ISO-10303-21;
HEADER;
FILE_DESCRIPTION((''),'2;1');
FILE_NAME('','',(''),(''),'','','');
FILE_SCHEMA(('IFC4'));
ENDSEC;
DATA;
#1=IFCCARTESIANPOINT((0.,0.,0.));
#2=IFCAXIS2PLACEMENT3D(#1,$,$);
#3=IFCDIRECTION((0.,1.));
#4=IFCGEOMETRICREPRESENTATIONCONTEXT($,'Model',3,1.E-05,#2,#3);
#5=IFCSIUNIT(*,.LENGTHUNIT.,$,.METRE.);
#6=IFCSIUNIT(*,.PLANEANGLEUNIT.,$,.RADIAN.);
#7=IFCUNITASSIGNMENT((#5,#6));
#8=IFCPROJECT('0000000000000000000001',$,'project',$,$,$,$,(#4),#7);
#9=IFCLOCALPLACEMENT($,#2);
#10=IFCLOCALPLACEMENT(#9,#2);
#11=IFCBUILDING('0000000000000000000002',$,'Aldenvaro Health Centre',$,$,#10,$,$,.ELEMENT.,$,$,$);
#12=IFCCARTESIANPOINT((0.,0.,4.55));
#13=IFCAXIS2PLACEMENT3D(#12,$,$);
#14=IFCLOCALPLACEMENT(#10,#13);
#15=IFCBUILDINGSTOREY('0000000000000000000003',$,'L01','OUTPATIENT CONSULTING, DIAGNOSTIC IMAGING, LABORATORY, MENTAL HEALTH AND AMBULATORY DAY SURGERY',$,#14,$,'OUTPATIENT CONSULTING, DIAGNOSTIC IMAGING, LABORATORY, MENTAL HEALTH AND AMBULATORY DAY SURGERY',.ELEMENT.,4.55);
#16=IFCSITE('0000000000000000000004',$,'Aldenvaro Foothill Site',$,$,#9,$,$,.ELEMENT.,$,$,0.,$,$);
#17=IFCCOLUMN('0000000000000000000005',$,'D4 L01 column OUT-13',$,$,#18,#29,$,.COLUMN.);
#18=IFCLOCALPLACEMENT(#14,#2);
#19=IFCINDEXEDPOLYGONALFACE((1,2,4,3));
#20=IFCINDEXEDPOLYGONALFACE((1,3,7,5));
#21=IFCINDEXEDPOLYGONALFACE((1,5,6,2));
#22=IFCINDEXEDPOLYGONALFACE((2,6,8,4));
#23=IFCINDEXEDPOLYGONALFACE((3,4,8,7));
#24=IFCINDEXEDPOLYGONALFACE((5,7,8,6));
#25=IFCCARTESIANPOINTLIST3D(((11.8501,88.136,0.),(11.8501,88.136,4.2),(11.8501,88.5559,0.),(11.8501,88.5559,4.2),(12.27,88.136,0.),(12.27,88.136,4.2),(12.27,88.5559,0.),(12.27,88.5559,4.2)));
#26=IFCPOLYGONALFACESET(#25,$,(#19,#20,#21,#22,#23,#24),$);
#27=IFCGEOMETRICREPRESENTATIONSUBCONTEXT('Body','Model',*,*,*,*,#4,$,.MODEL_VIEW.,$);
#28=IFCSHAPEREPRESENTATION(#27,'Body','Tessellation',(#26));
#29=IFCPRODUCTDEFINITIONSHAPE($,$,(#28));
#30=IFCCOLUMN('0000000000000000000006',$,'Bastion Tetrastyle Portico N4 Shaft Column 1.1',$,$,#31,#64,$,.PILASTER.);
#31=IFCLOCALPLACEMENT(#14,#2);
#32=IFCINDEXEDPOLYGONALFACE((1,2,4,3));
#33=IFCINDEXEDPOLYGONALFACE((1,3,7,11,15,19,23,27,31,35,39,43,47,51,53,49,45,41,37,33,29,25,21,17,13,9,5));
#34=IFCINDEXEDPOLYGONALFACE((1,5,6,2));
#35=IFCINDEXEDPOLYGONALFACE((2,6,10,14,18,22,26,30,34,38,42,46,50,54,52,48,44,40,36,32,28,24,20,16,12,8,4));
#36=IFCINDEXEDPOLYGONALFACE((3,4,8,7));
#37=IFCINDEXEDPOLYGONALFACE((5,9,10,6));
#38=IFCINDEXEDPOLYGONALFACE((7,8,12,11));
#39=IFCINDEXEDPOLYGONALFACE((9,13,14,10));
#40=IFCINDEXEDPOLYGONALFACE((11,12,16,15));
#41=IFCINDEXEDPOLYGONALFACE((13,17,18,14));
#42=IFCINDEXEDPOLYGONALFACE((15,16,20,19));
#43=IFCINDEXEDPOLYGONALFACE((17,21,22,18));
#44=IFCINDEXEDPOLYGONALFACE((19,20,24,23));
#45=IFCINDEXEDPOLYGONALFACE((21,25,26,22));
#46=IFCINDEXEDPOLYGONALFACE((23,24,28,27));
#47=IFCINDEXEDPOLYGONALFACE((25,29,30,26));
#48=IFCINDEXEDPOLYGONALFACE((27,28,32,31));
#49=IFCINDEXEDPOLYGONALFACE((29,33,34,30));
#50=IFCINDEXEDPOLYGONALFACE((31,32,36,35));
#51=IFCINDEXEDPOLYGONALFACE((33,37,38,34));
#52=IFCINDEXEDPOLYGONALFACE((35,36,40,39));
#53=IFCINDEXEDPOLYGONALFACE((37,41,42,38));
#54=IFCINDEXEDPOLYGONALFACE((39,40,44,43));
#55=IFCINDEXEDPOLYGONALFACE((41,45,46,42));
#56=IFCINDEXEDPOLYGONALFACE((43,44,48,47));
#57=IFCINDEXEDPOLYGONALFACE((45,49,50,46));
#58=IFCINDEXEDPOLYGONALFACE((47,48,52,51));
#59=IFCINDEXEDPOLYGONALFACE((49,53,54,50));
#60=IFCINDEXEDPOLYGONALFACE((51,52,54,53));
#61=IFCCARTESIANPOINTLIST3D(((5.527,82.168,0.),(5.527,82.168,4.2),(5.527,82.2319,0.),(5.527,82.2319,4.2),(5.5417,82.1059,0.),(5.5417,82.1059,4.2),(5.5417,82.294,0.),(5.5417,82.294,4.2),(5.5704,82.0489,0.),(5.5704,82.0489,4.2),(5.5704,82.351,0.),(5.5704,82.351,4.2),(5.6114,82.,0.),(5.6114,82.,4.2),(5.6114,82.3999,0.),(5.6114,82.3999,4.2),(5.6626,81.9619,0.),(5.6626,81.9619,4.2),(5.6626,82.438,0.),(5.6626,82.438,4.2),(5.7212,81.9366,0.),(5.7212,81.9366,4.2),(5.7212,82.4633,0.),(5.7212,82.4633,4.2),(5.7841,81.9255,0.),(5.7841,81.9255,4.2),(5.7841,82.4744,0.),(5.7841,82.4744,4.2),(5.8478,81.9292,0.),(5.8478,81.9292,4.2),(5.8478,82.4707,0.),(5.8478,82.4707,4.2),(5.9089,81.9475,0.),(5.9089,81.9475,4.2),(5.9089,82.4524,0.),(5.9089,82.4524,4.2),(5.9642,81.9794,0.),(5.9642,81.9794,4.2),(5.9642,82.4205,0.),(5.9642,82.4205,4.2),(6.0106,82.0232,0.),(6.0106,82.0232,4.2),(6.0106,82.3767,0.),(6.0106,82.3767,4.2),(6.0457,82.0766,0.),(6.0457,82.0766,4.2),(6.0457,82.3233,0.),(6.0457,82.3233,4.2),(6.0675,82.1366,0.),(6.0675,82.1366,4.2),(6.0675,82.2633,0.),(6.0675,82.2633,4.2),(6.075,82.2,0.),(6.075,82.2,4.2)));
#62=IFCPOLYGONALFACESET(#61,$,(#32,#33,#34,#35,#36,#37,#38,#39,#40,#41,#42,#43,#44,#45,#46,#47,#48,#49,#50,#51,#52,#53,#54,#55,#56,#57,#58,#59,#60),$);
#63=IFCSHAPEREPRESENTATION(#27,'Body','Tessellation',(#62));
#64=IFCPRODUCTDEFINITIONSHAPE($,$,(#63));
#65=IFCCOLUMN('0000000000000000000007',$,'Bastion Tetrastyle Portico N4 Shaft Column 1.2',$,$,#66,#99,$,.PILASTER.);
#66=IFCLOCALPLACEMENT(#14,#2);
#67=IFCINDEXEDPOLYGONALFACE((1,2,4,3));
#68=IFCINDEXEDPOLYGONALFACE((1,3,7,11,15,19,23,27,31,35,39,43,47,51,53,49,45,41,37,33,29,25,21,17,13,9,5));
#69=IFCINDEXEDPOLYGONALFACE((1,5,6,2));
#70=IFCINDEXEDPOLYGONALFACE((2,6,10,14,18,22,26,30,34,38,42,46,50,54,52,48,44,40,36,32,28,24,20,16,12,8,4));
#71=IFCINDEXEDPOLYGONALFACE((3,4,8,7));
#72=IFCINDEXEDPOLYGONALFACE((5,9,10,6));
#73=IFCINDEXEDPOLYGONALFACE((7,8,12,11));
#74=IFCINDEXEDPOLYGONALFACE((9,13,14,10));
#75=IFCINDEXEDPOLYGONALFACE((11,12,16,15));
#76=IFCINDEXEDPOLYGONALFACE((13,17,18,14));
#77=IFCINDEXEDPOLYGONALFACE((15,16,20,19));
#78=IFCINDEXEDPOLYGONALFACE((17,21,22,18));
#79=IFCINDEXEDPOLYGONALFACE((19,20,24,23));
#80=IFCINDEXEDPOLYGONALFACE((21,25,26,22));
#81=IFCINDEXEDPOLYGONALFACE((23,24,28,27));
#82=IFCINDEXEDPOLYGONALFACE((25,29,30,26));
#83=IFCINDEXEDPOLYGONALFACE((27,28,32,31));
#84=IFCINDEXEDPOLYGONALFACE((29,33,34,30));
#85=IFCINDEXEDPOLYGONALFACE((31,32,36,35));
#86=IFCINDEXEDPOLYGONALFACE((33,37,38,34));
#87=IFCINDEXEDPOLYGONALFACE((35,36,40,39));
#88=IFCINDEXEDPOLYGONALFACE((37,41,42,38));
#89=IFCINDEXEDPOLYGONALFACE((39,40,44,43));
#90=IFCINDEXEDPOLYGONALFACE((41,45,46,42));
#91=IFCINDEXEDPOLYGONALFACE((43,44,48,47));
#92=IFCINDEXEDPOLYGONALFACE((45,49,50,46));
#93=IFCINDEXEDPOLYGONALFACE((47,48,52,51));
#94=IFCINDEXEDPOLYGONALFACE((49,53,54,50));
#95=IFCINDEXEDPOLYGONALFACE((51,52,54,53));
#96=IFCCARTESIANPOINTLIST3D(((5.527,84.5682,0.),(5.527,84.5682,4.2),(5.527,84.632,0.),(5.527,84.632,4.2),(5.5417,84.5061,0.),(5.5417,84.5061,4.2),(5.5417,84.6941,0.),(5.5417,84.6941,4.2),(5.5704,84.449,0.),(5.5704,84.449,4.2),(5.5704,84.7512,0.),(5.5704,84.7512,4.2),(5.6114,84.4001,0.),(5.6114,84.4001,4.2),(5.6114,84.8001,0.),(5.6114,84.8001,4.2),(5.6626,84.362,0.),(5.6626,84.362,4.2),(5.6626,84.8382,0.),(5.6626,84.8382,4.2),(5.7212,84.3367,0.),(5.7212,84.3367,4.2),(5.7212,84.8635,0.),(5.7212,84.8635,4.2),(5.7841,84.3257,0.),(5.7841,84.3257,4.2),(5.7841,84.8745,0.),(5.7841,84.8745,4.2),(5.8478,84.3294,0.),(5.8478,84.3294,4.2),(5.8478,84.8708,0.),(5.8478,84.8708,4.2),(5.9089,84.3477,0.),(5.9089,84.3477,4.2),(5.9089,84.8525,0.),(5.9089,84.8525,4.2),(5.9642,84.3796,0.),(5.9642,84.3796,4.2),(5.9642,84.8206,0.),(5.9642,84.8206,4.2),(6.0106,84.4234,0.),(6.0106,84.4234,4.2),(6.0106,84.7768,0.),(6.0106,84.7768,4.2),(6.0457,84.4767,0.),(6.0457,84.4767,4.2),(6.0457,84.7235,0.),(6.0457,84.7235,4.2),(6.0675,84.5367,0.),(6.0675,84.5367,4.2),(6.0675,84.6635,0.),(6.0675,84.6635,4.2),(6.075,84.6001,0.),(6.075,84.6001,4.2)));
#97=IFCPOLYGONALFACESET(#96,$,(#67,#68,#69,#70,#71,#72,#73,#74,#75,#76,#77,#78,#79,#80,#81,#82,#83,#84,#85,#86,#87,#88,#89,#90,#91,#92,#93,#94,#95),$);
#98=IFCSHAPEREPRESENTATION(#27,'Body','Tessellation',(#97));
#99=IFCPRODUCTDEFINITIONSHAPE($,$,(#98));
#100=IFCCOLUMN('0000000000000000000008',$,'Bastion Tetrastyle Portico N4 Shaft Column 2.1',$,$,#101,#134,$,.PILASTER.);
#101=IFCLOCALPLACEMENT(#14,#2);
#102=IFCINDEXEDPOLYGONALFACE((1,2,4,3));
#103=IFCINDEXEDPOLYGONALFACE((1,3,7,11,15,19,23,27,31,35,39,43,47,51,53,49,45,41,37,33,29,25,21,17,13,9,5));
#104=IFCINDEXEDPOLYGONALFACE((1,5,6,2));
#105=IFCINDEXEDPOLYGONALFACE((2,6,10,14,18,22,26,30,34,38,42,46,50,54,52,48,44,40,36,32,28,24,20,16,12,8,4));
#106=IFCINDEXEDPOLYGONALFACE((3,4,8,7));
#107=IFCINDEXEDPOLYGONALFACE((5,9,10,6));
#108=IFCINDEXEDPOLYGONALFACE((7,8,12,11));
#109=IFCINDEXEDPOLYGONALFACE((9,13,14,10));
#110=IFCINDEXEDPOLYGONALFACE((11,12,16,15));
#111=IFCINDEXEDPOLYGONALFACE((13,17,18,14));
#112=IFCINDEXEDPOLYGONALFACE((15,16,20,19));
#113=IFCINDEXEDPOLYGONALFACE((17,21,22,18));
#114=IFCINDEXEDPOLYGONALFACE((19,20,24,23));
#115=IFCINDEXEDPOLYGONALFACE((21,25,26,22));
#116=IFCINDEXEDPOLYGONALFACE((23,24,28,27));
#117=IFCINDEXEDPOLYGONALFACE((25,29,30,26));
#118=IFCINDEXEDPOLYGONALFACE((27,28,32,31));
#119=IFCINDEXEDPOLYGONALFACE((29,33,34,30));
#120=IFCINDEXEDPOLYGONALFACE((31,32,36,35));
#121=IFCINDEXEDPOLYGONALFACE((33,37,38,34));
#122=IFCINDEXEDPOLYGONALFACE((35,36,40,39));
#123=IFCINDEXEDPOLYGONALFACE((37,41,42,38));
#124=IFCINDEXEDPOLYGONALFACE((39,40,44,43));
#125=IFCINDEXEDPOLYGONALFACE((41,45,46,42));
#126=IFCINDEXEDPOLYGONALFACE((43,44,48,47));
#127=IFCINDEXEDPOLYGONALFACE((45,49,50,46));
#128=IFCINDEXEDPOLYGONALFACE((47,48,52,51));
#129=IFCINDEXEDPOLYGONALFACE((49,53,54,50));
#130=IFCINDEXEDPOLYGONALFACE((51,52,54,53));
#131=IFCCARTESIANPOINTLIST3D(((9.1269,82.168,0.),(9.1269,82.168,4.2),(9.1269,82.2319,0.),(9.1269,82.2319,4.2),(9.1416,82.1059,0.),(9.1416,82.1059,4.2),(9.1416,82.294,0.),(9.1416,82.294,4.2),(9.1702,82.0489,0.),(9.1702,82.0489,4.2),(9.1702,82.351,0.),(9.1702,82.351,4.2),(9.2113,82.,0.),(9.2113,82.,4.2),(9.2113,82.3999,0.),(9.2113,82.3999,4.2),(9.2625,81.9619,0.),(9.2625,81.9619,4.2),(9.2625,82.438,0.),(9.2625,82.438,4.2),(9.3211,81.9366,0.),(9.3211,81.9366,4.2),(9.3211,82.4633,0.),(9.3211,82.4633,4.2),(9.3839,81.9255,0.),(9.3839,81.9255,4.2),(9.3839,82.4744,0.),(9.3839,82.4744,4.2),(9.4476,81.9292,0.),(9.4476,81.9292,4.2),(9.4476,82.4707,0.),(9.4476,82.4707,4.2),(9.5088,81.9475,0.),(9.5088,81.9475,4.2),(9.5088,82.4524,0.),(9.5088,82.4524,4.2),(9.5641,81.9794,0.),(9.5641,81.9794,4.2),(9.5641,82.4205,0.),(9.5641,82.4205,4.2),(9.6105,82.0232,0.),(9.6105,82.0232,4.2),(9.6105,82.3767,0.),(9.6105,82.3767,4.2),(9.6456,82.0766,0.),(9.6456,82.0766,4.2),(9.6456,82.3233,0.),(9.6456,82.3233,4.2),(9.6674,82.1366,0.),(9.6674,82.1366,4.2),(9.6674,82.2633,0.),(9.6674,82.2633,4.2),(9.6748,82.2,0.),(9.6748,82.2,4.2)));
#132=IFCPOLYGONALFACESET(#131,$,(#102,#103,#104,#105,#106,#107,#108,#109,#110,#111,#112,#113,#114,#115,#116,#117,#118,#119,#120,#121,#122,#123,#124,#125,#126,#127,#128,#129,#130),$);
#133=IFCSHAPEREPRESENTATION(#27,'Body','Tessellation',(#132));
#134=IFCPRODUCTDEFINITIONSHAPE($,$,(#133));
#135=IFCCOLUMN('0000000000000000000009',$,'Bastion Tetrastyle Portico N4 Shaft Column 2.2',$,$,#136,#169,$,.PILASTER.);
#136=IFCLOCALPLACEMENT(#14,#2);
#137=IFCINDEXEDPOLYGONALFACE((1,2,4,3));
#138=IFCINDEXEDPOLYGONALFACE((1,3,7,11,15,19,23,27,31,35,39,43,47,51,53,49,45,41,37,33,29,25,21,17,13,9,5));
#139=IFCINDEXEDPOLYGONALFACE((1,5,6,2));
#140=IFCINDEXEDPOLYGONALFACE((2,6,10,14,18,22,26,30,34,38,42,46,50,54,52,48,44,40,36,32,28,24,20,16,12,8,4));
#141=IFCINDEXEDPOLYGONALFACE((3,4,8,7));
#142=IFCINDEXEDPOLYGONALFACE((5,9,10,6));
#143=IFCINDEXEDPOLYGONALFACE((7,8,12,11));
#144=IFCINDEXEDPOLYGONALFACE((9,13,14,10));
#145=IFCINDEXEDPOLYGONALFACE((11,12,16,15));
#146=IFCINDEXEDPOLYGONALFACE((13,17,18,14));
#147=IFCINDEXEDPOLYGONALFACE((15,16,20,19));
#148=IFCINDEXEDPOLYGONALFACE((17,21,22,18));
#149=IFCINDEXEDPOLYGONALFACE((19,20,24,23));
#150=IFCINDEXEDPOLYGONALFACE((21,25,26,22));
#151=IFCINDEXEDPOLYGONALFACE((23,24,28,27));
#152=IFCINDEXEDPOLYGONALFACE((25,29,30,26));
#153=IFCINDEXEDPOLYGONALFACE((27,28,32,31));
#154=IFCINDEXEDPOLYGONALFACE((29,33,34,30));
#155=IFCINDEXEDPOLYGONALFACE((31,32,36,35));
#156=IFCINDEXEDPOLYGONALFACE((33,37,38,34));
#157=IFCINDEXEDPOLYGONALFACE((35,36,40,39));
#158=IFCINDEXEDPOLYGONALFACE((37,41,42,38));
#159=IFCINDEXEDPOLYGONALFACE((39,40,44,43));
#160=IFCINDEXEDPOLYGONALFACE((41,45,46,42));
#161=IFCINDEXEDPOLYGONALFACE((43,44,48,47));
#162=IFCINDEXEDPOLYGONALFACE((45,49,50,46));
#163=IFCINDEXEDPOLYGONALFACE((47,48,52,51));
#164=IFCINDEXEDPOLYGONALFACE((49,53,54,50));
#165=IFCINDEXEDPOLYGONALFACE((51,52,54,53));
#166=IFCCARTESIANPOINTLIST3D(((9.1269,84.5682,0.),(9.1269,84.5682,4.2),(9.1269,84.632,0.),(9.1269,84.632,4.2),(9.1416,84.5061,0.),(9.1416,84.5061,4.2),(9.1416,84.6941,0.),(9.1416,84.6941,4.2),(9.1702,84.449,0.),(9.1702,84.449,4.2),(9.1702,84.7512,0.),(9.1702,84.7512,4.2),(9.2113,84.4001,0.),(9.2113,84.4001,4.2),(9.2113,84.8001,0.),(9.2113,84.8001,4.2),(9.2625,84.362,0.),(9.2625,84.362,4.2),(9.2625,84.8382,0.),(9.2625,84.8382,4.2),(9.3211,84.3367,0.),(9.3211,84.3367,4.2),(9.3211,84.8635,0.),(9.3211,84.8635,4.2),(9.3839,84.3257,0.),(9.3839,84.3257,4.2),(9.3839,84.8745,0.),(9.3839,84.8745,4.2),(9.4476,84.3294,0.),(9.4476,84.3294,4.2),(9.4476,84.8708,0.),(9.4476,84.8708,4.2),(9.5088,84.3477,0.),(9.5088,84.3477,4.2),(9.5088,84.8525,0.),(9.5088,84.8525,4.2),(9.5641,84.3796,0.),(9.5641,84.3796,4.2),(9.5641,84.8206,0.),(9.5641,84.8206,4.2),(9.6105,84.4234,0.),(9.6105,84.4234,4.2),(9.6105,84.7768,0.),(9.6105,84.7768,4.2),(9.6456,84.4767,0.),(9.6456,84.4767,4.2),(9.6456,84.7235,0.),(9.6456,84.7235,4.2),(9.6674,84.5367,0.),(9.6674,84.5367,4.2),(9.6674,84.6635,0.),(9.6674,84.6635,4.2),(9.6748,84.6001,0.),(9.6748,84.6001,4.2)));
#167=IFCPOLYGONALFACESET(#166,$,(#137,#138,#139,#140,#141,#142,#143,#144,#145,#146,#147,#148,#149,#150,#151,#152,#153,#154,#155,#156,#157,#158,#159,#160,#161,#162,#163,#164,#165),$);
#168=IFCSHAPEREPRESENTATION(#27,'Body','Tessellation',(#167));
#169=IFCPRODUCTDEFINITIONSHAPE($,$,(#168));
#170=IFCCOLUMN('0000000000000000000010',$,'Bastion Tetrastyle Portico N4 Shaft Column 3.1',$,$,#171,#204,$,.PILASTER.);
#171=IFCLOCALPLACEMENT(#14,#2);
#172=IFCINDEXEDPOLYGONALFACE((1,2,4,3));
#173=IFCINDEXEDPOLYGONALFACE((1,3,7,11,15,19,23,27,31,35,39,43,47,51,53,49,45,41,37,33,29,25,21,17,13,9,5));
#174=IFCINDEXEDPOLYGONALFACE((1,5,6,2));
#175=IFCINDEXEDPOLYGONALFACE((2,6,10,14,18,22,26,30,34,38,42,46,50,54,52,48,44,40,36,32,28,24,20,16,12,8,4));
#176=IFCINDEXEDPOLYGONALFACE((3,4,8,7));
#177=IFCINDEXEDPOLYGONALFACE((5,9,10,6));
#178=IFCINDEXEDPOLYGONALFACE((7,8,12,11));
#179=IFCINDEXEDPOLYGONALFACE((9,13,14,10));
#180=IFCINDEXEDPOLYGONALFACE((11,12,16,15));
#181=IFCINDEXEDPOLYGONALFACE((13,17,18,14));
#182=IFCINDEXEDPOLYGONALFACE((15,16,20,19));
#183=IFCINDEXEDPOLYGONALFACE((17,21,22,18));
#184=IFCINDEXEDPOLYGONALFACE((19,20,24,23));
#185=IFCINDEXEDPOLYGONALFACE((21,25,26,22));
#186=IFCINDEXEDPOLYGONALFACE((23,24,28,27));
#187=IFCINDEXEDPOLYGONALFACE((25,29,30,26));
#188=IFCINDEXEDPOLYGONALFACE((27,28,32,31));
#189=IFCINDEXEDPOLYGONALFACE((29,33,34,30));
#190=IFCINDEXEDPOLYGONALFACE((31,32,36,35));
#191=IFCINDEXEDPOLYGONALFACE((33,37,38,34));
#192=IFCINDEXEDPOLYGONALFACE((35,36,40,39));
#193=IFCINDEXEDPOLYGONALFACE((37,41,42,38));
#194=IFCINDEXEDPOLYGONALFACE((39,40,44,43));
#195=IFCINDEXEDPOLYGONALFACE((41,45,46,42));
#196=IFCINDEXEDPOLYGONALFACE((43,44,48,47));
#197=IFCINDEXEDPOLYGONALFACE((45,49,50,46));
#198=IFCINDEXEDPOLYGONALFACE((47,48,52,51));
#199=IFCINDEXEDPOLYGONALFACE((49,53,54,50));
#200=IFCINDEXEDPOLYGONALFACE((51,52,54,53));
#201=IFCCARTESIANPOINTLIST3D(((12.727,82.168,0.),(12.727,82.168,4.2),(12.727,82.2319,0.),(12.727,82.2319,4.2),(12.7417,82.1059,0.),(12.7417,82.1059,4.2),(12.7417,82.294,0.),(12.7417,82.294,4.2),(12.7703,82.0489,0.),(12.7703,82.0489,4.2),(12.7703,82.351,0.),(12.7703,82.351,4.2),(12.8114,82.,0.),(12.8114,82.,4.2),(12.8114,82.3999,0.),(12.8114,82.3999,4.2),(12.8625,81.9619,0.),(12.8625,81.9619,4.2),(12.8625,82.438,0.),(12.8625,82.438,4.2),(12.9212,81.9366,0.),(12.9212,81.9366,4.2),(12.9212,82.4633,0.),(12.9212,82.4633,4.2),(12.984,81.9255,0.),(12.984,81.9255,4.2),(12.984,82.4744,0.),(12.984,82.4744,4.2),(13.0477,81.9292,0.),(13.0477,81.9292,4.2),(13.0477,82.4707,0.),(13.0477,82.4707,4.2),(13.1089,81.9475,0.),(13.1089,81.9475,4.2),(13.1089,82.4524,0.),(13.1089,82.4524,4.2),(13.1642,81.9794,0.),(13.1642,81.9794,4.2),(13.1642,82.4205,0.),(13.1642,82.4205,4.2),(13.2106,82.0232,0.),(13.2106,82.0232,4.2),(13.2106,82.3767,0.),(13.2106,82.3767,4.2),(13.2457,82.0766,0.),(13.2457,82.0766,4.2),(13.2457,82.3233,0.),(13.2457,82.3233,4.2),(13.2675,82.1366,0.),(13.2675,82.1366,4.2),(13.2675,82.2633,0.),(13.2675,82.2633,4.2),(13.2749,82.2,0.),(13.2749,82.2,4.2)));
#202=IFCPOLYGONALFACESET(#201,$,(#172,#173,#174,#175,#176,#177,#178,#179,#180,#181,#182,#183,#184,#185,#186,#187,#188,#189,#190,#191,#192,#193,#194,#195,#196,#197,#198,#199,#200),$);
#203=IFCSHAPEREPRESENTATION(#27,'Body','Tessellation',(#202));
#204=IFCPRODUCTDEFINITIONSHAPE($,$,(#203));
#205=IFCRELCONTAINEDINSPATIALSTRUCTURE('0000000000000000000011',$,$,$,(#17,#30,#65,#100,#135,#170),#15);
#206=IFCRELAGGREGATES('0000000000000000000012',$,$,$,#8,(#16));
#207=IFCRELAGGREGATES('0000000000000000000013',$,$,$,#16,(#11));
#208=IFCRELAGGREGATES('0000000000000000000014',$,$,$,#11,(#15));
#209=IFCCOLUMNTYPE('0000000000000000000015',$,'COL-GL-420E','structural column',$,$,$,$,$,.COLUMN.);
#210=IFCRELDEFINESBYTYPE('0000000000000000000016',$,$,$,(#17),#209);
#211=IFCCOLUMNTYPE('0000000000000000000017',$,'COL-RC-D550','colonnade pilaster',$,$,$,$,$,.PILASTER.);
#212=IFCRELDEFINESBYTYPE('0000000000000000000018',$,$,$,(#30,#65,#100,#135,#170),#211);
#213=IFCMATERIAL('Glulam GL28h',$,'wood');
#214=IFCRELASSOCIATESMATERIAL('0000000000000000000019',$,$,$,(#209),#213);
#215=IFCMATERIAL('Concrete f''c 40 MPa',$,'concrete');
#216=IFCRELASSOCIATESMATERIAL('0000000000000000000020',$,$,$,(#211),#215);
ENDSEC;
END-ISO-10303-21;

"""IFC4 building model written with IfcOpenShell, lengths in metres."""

from ifc_helpers import new_model, si_unit, direction, frame, origin, origin_2d, place, context, subcontext, project, spatial, rectangle, circle, extrude, material, material_profile, profile_set, type_object, element, save


model = new_model("IFC4")

# Units and contexts
model_context = context("Model", 3, precision=1e-05, world=origin(), true_north=direction((0.0, 1.0)))
body_context = subcontext(model_context, "Body", "Model", "MODEL_VIEW")
ifc_project = project(units=[si_unit("LENGTHUNIT", "METRE"), si_unit("PLANEANGLEUNIT", "RADIAN")], contexts=[model_context])

# Site, building, storey
site_placement = place(None, origin())
site = spatial("IfcSite", under=ifc_project, at=site_placement, Name="Aldenvaro Foothill Site", CompositionType="ELEMENT", RefElevation=0.0)
building_placement = place(site_placement, origin())
building = spatial("IfcBuilding", under=site, at=building_placement, Name="Aldenvaro Health Centre", CompositionType="ELEMENT")
storey_placement = place(building_placement, frame((0.0, 0.0, 4.55)))
storey = spatial("IfcBuildingStorey", under=building, at=storey_placement, Name="L01", Description="OUTPATIENT CONSULTING, DIAGNOSTIC IMAGING, LABORATORY, MENTAL HEALTH AND AMBULATORY DAY SURGERY", LongName="OUTPATIENT CONSULTING, DIAGNOSTIC IMAGING, LABORATORY, MENTAL HEALTH AND AMBULATORY DAY SURGERY", CompositionType="ELEMENT", Elevation=4.55)

# Columns
ifc_material_1 = material(Name="Glulam GL28h", Category="wood")
ifc_material_profile_1 = material_profile(ifc_material_1, rectangle(XDim=0.4199, YDim=0.4199, at=origin_2d()), Name="GL 420x420", Category="wood")
ifc_profile_set_1 = profile_set([ifc_material_profile_1], Name="Glulam GL28h")
column_type_1 = type_object("IfcColumnType", Name="COL-GL-420E", Description="structural column", PredefinedType="COLUMN", material=ifc_profile_set_1)
column_placement = place(storey_placement, frame((12.0601, 88.3459, 0.0), z_axis=(0.0, 0.0, 1.0), x_axis=(1.0, 0.0, 0.0)))
element("IfcColumn", 1, at=column_placement, inside=storey, type_object=column_type_1, Name="D4 L01 column OUT-13", PredefinedType="COLUMN", context=body_context, shape_type="SweptSolid", body=[
    extrude(rectangle(XDim=0.4199, YDim=0.4199, at=origin_2d()), origin(), (0.0, 0.0, 1.0), 4.2),
])
ifc_material_2 = material(Name="Concrete f'c 40 MPa", Category="concrete")
ifc_material_profile_2 = material_profile(ifc_material_2, circle(Radius=0.2749, at=origin_2d()), Name="RC D550", Category="concrete")
ifc_profile_set_2 = profile_set([ifc_material_profile_2], Name="Concrete f'c 40 MPa")
column_type_2 = type_object("IfcColumnType", Name="COL-RC-D550", Description="colonnade pilaster", PredefinedType="PILASTER", material=ifc_profile_set_2)
for number, where, z_axis, x_axis, name in (
    (2, (5.8, 82.2, 0.0), (0.0, 0.0, 1.0), (1.0, 0.0, 0.0), "Bastion Tetrastyle Portico N4 Shaft Column 1.1"),
    (3, (5.8, 84.6001, 0.0), (0.0, 0.0, 1.0), (1.0, 0.0, 0.0), "Bastion Tetrastyle Portico N4 Shaft Column 1.2"),
    (4, (9.3999, 82.2, 0.0), (0.0, 0.0, 1.0), (1.0, 0.0, 0.0), "Bastion Tetrastyle Portico N4 Shaft Column 2.1"),
    (5, (9.3999, 84.6001, 0.0), (0.0, 0.0, 1.0), (1.0, 0.0, 0.0), "Bastion Tetrastyle Portico N4 Shaft Column 2.2"),
    (6, (13.0, 82.2, 0.0), (0.0, 0.0, 1.0), (1.0, 0.0, 0.0), "Bastion Tetrastyle Portico N4 Shaft Column 3.1"),
):
    element("IfcColumn", number, at=place(storey_placement, frame(where, z_axis=z_axis, x_axis=x_axis)), inside=storey, type_object=column_type_2, Name=name, PredefinedType="PILASTER", context=body_context, shape_type="SweptSolid", body=[
        extrude(circle(Radius=0.2749, at=origin_2d()), origin(), (0.0, 0.0, 1.0), 4.2),
    ])

save(model, "model.ifc")
